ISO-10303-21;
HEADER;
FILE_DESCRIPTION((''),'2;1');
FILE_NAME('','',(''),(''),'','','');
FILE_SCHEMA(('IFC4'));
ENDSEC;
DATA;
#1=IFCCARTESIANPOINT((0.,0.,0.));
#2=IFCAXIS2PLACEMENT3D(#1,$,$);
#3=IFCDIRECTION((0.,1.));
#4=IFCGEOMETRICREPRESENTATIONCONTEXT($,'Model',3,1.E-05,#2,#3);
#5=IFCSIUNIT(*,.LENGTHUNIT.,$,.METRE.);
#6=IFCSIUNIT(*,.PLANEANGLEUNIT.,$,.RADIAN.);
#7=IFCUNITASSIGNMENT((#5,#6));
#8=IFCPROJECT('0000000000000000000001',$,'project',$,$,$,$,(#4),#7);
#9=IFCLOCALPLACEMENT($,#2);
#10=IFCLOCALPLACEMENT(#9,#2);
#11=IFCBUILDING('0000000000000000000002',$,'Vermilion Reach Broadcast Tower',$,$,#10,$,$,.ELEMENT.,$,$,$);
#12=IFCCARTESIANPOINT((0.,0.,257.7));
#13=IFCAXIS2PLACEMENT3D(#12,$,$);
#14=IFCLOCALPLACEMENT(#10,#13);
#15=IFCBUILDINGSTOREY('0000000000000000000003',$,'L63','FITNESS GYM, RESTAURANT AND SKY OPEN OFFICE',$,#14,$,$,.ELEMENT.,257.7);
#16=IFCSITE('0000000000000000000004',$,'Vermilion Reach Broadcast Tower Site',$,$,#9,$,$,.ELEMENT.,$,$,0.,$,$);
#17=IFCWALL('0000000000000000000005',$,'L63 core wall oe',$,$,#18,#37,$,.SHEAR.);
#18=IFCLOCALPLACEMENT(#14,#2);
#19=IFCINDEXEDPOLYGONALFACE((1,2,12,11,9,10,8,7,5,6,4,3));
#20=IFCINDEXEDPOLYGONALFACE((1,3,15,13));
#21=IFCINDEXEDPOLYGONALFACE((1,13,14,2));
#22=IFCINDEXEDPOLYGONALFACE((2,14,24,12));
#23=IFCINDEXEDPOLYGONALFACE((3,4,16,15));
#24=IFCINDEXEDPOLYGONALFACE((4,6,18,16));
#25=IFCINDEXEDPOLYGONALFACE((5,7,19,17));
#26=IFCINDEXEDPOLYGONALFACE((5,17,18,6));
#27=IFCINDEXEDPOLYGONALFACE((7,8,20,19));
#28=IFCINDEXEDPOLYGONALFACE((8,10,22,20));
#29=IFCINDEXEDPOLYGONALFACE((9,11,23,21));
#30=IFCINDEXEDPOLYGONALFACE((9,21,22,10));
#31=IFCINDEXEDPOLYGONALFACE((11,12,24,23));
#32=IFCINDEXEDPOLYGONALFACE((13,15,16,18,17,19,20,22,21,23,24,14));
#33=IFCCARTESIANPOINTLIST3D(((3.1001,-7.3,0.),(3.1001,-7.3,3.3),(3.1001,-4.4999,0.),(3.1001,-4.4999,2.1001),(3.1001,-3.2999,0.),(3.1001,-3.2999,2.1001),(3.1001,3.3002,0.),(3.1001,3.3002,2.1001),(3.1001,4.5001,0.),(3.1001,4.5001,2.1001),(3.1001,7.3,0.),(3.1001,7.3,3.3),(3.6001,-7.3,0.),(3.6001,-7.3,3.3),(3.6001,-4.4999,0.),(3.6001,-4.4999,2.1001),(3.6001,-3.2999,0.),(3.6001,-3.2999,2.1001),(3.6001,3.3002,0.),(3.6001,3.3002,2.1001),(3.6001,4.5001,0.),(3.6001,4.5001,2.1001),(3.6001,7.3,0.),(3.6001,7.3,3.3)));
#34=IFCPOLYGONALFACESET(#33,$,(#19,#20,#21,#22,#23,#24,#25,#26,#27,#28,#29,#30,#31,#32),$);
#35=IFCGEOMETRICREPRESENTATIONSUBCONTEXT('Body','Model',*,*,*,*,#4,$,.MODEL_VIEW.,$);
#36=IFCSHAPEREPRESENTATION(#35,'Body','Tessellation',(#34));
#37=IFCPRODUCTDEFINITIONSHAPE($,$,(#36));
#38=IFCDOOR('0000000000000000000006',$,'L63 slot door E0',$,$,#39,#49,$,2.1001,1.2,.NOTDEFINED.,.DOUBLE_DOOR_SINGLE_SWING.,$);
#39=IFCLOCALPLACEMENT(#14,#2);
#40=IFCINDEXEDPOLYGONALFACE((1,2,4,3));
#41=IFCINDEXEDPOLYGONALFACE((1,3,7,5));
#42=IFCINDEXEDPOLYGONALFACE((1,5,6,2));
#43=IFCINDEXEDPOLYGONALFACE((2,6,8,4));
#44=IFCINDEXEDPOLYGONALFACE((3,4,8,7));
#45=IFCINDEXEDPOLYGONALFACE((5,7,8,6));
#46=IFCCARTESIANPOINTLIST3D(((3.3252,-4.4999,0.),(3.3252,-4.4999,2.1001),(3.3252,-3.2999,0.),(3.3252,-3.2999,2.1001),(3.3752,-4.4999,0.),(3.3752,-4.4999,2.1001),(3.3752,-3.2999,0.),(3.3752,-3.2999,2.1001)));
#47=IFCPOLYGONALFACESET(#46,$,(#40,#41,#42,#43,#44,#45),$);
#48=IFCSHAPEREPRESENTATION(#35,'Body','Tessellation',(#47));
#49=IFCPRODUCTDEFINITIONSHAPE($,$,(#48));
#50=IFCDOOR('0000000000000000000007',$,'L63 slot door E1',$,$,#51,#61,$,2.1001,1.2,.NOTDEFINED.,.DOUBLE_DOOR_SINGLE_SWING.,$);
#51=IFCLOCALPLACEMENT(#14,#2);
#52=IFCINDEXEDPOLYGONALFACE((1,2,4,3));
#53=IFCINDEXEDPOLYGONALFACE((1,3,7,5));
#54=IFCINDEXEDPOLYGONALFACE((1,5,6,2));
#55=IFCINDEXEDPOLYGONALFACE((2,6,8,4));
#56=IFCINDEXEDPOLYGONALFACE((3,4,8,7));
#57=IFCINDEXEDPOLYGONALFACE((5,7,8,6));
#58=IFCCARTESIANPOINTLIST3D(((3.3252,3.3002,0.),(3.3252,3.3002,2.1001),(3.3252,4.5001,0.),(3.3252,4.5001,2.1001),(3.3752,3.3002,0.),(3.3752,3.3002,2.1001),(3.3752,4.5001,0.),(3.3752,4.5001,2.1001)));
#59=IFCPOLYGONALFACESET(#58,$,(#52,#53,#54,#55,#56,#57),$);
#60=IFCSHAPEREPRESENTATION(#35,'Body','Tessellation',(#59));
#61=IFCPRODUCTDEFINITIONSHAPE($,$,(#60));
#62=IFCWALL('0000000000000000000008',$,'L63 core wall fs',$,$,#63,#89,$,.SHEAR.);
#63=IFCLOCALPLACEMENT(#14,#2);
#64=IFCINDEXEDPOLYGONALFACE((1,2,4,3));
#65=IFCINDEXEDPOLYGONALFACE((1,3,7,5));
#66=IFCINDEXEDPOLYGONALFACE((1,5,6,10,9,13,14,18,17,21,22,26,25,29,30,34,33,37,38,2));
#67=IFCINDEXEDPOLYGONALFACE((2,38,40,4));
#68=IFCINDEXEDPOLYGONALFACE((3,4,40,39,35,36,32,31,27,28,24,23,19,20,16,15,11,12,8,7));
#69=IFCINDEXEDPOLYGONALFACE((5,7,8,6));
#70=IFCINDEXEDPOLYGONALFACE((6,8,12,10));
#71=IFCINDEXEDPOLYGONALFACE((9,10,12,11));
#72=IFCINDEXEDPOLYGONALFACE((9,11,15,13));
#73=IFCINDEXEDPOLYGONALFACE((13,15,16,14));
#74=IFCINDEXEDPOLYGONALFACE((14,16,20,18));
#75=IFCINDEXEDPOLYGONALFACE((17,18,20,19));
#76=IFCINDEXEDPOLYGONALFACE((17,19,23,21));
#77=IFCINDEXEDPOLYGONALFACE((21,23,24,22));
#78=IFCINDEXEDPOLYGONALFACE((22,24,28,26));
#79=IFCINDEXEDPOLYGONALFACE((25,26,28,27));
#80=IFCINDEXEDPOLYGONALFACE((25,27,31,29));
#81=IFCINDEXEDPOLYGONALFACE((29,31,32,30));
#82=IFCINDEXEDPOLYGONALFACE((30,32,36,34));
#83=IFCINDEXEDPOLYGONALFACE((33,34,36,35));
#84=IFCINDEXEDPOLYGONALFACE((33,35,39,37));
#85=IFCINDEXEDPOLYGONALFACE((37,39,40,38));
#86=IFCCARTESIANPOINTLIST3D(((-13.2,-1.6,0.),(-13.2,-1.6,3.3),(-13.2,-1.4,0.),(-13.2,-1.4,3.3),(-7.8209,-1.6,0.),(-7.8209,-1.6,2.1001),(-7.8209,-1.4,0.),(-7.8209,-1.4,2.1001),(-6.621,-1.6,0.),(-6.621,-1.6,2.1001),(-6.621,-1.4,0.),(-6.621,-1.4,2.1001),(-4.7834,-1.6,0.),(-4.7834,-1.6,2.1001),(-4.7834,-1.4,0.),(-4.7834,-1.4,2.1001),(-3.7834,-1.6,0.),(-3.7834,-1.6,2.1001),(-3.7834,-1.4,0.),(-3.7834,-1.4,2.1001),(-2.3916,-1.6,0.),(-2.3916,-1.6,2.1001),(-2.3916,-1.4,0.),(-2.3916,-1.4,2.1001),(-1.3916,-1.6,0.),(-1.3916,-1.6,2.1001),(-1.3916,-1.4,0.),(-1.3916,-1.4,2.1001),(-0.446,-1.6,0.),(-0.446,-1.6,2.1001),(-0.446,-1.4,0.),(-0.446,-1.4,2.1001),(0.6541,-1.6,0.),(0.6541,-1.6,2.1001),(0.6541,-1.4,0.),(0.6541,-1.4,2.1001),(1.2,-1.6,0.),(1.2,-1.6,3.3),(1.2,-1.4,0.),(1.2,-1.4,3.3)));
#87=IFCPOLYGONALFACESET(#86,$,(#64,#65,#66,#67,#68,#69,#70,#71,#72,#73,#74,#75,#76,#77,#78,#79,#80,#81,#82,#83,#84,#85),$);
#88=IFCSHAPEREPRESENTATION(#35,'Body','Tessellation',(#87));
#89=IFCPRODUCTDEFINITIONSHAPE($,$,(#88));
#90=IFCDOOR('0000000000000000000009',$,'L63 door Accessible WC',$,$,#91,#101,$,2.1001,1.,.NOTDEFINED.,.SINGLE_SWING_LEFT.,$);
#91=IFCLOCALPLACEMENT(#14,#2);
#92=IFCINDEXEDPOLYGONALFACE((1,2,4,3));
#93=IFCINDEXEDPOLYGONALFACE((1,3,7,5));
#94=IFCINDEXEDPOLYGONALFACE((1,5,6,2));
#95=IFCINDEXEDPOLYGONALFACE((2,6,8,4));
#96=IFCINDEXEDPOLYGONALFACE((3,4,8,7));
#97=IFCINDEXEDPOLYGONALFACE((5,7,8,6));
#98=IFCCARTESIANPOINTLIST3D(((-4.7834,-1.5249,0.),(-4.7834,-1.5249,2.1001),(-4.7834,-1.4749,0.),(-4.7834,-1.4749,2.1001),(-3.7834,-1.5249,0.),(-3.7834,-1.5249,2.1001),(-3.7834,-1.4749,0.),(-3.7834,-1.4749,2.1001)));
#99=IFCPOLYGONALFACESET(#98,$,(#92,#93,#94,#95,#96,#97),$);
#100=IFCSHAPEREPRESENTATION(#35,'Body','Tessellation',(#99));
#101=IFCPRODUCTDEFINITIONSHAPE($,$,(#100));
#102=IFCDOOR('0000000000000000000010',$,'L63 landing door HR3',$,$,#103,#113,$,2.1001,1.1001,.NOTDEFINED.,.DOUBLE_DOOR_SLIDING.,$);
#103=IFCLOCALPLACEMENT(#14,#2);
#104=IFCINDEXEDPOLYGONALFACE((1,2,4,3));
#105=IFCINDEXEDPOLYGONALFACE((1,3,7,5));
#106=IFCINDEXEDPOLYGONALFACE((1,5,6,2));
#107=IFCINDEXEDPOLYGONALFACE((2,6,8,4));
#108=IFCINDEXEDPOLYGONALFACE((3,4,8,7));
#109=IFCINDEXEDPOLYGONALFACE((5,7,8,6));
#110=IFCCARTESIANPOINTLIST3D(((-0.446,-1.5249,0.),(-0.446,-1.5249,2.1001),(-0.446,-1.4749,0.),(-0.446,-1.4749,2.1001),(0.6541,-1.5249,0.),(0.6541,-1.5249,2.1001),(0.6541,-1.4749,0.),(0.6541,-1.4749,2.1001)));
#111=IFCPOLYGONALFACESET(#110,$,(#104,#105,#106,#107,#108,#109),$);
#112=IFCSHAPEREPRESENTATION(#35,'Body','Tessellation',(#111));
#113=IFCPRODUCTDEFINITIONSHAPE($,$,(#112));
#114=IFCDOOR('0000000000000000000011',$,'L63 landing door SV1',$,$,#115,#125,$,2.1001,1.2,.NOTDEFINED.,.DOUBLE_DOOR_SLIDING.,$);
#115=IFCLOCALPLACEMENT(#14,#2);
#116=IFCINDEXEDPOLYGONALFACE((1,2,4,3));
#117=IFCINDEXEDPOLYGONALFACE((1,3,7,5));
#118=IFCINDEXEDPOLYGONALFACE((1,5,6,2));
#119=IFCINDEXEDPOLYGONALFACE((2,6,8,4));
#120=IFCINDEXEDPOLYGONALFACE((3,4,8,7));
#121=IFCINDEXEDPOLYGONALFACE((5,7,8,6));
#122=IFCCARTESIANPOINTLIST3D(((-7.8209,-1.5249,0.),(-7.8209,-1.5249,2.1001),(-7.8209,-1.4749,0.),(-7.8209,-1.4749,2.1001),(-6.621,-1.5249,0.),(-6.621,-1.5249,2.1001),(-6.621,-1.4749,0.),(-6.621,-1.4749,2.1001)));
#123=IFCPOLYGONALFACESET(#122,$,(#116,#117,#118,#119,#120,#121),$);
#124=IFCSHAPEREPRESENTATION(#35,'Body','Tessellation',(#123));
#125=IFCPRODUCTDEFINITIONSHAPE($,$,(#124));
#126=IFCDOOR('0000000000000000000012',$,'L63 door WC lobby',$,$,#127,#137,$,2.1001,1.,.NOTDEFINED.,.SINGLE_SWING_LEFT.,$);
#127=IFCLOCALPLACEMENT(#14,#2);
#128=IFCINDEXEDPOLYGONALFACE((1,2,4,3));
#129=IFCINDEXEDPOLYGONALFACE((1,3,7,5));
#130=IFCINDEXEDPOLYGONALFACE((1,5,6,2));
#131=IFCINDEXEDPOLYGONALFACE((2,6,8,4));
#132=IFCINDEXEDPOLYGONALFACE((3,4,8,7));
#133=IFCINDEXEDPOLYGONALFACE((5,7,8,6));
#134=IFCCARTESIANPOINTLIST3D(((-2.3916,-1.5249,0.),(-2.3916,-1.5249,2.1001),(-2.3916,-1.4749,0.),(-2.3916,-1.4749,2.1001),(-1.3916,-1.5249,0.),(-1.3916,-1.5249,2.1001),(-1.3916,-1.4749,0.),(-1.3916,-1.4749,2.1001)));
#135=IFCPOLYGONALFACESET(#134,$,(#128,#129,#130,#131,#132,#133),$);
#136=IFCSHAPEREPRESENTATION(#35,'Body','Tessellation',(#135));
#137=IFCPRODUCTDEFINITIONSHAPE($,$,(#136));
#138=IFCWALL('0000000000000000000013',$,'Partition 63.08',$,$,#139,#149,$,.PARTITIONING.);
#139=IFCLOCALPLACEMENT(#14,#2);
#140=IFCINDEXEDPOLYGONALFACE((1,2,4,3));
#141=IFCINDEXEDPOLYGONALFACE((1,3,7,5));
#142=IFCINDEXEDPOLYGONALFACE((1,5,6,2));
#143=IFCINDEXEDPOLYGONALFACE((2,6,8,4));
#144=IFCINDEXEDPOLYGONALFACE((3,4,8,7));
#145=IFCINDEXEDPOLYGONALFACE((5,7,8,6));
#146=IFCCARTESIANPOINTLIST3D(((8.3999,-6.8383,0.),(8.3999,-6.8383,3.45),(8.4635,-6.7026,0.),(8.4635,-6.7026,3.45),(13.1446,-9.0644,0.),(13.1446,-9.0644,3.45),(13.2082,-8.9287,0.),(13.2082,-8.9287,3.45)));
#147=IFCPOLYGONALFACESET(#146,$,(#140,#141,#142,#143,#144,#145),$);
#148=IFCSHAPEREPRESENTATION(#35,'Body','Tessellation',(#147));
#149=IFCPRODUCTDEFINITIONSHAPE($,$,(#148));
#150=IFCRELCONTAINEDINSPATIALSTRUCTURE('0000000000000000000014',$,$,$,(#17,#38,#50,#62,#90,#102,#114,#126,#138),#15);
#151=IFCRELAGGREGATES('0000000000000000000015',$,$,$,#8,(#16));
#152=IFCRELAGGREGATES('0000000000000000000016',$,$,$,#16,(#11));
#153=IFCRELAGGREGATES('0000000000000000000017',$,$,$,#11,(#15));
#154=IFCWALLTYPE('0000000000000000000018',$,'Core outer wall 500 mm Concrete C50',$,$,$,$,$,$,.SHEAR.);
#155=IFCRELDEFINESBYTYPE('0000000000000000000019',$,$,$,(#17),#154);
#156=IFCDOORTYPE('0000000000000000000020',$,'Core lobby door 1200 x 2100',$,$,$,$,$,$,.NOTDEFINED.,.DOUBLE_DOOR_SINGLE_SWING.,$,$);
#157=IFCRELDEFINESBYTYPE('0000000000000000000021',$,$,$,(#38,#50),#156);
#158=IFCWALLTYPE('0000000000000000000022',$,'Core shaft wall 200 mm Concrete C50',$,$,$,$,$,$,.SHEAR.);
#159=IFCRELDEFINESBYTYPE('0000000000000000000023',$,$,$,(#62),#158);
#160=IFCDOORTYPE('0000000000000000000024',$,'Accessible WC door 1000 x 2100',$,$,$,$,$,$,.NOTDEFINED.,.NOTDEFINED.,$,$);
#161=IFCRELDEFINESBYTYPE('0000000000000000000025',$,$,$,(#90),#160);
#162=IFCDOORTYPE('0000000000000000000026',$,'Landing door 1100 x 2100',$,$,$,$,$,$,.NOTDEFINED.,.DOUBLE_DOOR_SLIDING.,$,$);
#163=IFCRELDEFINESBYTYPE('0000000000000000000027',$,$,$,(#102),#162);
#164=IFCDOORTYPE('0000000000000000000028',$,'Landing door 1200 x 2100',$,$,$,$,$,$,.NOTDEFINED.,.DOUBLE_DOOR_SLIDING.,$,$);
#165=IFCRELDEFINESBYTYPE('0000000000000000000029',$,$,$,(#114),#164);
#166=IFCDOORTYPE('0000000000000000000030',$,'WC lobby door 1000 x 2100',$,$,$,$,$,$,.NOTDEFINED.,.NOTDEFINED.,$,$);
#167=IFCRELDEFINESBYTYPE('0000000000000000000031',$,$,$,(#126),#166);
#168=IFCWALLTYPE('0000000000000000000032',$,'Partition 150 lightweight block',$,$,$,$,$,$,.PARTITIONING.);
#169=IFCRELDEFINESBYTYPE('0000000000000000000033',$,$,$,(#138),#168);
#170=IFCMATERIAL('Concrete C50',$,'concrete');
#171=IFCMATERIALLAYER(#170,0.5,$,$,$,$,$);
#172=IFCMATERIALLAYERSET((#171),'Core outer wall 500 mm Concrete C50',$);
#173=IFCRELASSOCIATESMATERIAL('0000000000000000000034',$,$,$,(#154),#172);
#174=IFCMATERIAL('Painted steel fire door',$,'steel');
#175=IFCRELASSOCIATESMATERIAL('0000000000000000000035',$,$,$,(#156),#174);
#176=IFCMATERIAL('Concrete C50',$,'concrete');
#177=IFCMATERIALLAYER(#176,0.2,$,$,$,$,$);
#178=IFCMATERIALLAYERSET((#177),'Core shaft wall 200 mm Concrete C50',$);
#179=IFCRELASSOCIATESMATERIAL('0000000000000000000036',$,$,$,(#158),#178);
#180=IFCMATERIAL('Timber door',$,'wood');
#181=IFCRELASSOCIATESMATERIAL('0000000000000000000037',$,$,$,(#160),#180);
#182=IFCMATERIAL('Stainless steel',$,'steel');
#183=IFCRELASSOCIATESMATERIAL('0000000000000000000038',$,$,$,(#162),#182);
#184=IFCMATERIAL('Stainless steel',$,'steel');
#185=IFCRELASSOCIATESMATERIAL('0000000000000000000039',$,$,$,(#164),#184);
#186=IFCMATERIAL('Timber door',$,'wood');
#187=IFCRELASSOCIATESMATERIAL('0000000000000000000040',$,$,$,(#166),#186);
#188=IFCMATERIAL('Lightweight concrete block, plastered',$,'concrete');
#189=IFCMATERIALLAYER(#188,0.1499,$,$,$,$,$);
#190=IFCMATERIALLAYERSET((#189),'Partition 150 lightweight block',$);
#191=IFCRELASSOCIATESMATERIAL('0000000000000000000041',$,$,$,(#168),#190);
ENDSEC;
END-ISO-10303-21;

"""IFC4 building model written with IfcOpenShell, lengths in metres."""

from ifc_helpers import new_model, si_unit, direction, frame, frame_2d, origin, place, context, subcontext, project, spatial, rectangle, extrude, material, layer, layer_set, type_object, element, fill, save


model = new_model("IFC4")

# Units and contexts
model_context = context("Model", 3, precision=1e-05, world=origin(), true_north=direction((0.0, 1.0)))
body_context = subcontext(model_context, "Body", "Model", "MODEL_VIEW")
ifc_project = project(units=[si_unit("LENGTHUNIT", "METRE"), si_unit("PLANEANGLEUNIT", "RADIAN")], contexts=[model_context])

# Site, building, storey
site_placement = place(None, origin())
site = spatial("IfcSite", under=ifc_project, at=site_placement, Name="Vermilion Reach Broadcast Tower Site", CompositionType="ELEMENT", RefElevation=0.0)
building_placement = place(site_placement, origin())
building = spatial("IfcBuilding", under=site, at=building_placement, Name="Vermilion Reach Broadcast Tower", CompositionType="ELEMENT")
storey_placement = place(building_placement, frame((0.0, 0.0, 257.7)))
storey = spatial("IfcBuildingStorey", under=building, at=storey_placement, Name="L63", Description="FITNESS GYM, RESTAURANT AND SKY OPEN OFFICE", CompositionType="ELEMENT", Elevation=257.7)

# Walls, openings, doors
ifc_material_1 = material(Name="Concrete C50", Category="concrete")
ifc_layer_1 = layer(ifc_material_1, 0.5)
ifc_layer_set_1 = layer_set([ifc_layer_1], Name="Core outer wall 500 mm Concrete C50")
wall_type_1 = type_object("IfcWallType", Name="Core outer wall 500 mm Concrete C50", PredefinedType="SHEAR", material=ifc_layer_set_1)
wall_1_placement = place(storey_placement, frame((3.3501, -7.3, 0.0), z_axis=(0.0, 0.0, 1.0), x_axis=(0.0, 1.0, 0.0)))
wall_1 = element("IfcWall", 1, at=wall_1_placement, inside=storey, type_object=wall_type_1, Name="L63 core wall oe", PredefinedType="SHEAR", context=body_context, shape_type="SweptSolid", body=[
    extrude(rectangle(XDim=14.6001, YDim=0.5, at=frame_2d((7.3, 0.0))), origin(), (0.0, 0.0, 1.0), 3.3),
])
opening_1_placement = place(wall_1_placement, frame((2.8, 0.0, 0.0)))
opening_1 = element("IfcOpeningElement", 2, at=opening_1_placement, cuts=wall_1, PredefinedType="OPENING", context=body_context, shape_type="SweptSolid", body=[
    extrude(rectangle(XDim=1.2, YDim=2.1001, at=frame_2d((0.6001, 1.05))), frame((0.0, 0.26, 0.0), z_axis=(0.0, -1.0, 0.0), x_axis=(1.0, 0.0, 0.0)), (0.0, 0.0, 1.0), 0.52),
])
opening_2_placement = place(wall_1_placement, frame((10.6001, 0.0, 0.0)))
opening_2 = element("IfcOpeningElement", 3, at=opening_2_placement, cuts=wall_1, PredefinedType="OPENING", context=body_context, shape_type="SweptSolid", body=[
    extrude(rectangle(XDim=1.2, YDim=2.1001, at=frame_2d((0.6001, 1.05))), frame((0.0, 0.26, 0.0), z_axis=(0.0, -1.0, 0.0), x_axis=(1.0, 0.0, 0.0)), (0.0, 0.0, 1.0), 0.52),
])
ifc_material_2 = material(Name="Painted steel fire door", Category="steel")
door_type_1 = type_object("IfcDoorType", Name="Core lobby door 1200 x 2100", OperationType="DOUBLE_DOOR_SINGLE_SWING", PredefinedType="NOTDEFINED", material=ifc_material_2)
door_1_placement = place(opening_1_placement, origin())
door_1 = element("IfcDoor", 4, at=door_1_placement, inside=storey, type_object=door_type_1, Name="L63 slot door E0", OperationType="DOUBLE_DOOR_SINGLE_SWING", OverallHeight=2.1001, OverallWidth=1.2, PredefinedType="NOTDEFINED", context=body_context, shape_type="SweptSolid", body=[
    extrude(rectangle(XDim=1.2, YDim=2.1001, at=frame_2d((0.6001, 1.05))), frame((0.0, 0.0249, 0.0), z_axis=(0.0, -1.0, 0.0), x_axis=(1.0, 0.0, 0.0)), (0.0, 0.0, 1.0), 0.05),
])
fill(opening_1, door_1)
door_2_placement = place(opening_2_placement, origin())
door_2 = element("IfcDoor", 5, at=door_2_placement, inside=storey, type_object=door_type_1, Name="L63 slot door E1", OperationType="DOUBLE_DOOR_SINGLE_SWING", OverallHeight=2.1001, OverallWidth=1.2, PredefinedType="NOTDEFINED", context=body_context, shape_type="SweptSolid", body=[
    extrude(rectangle(XDim=1.2, YDim=2.1001, at=frame_2d((0.6001, 1.05))), frame((0.0, 0.0249, 0.0), z_axis=(0.0, -1.0, 0.0), x_axis=(1.0, 0.0, 0.0)), (0.0, 0.0, 1.0), 0.05),
])
fill(opening_2, door_2)
ifc_material_3 = material(Name="Concrete C50", Category="concrete")
ifc_layer_2 = layer(ifc_material_3, 0.2)
ifc_layer_set_2 = layer_set([ifc_layer_2], Name="Core shaft wall 200 mm Concrete C50")
wall_type_2 = type_object("IfcWallType", Name="Core shaft wall 200 mm Concrete C50", PredefinedType="SHEAR", material=ifc_layer_set_2)
wall_2_placement = place(storey_placement, frame((1.2, -1.5, 0.0), z_axis=(0.0, 0.0, 1.0), x_axis=(-1.0, 0.0, 0.0)))
wall_2 = element("IfcWall", 6, at=wall_2_placement, inside=storey, type_object=wall_type_2, Name="L63 core wall fs", PredefinedType="SHEAR", context=body_context, shape_type="SweptSolid", body=[
    extrude(rectangle(XDim=14.3999, YDim=0.2, at=frame_2d((7.2, 0.0))), origin(), (0.0, 0.0, 1.0), 3.3),
])
opening_3_placement = place(wall_2_placement, frame((7.8208, 0.0, 0.0)))
opening_3 = element("IfcOpeningElement", 7, at=opening_3_placement, cuts=wall_2, PredefinedType="OPENING", context=body_context, shape_type="SweptSolid", body=[
    extrude(rectangle(XDim=1.2, YDim=2.1001, at=frame_2d((0.6001, 1.05))), frame((0.0, 0.1099, 0.0), z_axis=(0.0, -1.0, 0.0), x_axis=(1.0, 0.0, 0.0)), (0.0, 0.0, 1.0), 0.22),
])
opening_4_placement = place(wall_2_placement, frame((0.5459, 0.0, 0.0)))
opening_4 = element("IfcOpeningElement", 8, at=opening_4_placement, cuts=wall_2, PredefinedType="OPENING", context=body_context, shape_type="SweptSolid", body=[
    extrude(rectangle(XDim=1.1001, YDim=2.1001, at=frame_2d((0.55, 1.05))), frame((0.0, 0.1099, 0.0), z_axis=(0.0, -1.0, 0.0), x_axis=(1.0, 0.0, 0.0)), (0.0, 0.0, 1.0), 0.22),
])
opening_5_placement = place(wall_2_placement, frame((4.9834, 0.0, 0.0)))
opening_5 = element("IfcOpeningElement", 9, at=opening_5_placement, cuts=wall_2, PredefinedType="OPENING", context=body_context, shape_type="SweptSolid", body=[
    extrude(rectangle(XDim=1.0, YDim=2.1001, at=frame_2d((0.5, 1.05))), frame((0.0, 0.1099, 0.0), z_axis=(0.0, -1.0, 0.0), x_axis=(1.0, 0.0, 0.0)), (0.0, 0.0, 1.0), 0.22),
])
opening_6_placement = place(wall_2_placement, frame((2.5916, 0.0, 0.0)))
opening_6 = element("IfcOpeningElement", 10, at=opening_6_placement, cuts=wall_2, PredefinedType="OPENING", context=body_context, shape_type="SweptSolid", body=[
    extrude(rectangle(XDim=1.0, YDim=2.1001, at=frame_2d((0.5, 1.05))), frame((0.0, 0.1099, 0.0), z_axis=(0.0, -1.0, 0.0), x_axis=(1.0, 0.0, 0.0)), (0.0, 0.0, 1.0), 0.22),
])
ifc_material_4 = material(Name="Timber door", Category="wood")
door_type_2 = type_object("IfcDoorType", Name="Accessible WC door 1000 x 2100", OperationType="NOTDEFINED", PredefinedType="NOTDEFINED", material=ifc_material_4)
door_3_placement = place(opening_5_placement, origin())
door_3 = element("IfcDoor", 11, at=door_3_placement, inside=storey, type_object=door_type_2, Name="L63 door Accessible WC", OperationType="SINGLE_SWING_LEFT", OverallHeight=2.1001, OverallWidth=1.0, PredefinedType="NOTDEFINED", context=body_context, shape_type="SweptSolid", body=[
    extrude(rectangle(XDim=1.0, YDim=2.1001, at=frame_2d((0.5, 1.05))), frame((0.0, 0.0249, 0.0), z_axis=(0.0, -1.0, 0.0), x_axis=(1.0, 0.0, 0.0)), (0.0, 0.0, 1.0), 0.05),
])
fill(opening_5, door_3)
ifc_material_5 = material(Name="Stainless steel", Category="steel")
door_type_3 = type_object("IfcDoorType", Name="Landing door 1100 x 2100", OperationType="DOUBLE_DOOR_SLIDING", PredefinedType="NOTDEFINED", material=ifc_material_5)
door_4_placement = place(opening_4_placement, origin())
door_4 = element("IfcDoor", 12, at=door_4_placement, inside=storey, type_object=door_type_3, Name="L63 landing door HR3", OperationType="DOUBLE_DOOR_SLIDING", OverallHeight=2.1001, OverallWidth=1.1001, PredefinedType="NOTDEFINED", context=body_context, shape_type="SweptSolid", body=[
    extrude(rectangle(XDim=1.1001, YDim=2.1001, at=frame_2d((0.55, 1.05))), frame((0.0, 0.0249, 0.0), z_axis=(0.0, -1.0, 0.0), x_axis=(1.0, 0.0, 0.0)), (0.0, 0.0, 1.0), 0.05),
])
fill(opening_4, door_4)
ifc_material_6 = material(Name="Stainless steel", Category="steel")
door_type_4 = type_object("IfcDoorType", Name="Landing door 1200 x 2100", OperationType="DOUBLE_DOOR_SLIDING", PredefinedType="NOTDEFINED", material=ifc_material_6)
door_5_placement = place(opening_3_placement, origin())
door_5 = element("IfcDoor", 13, at=door_5_placement, inside=storey, type_object=door_type_4, Name="L63 landing door SV1", OperationType="DOUBLE_DOOR_SLIDING", OverallHeight=2.1001, OverallWidth=1.2, PredefinedType="NOTDEFINED", context=body_context, shape_type="SweptSolid", body=[
    extrude(rectangle(XDim=1.2, YDim=2.1001, at=frame_2d((0.6001, 1.05))), frame((0.0, 0.0249, 0.0), z_axis=(0.0, -1.0, 0.0), x_axis=(1.0, 0.0, 0.0)), (0.0, 0.0, 1.0), 0.05),
])
fill(opening_3, door_5)
ifc_material_7 = material(Name="Timber door", Category="wood")
door_type_5 = type_object("IfcDoorType", Name="WC lobby door 1000 x 2100", OperationType="NOTDEFINED", PredefinedType="NOTDEFINED", material=ifc_material_7)
door_6_placement = place(opening_6_placement, origin())
door_6 = element("IfcDoor", 14, at=door_6_placement, inside=storey, type_object=door_type_5, Name="L63 door WC lobby", OperationType="SINGLE_SWING_LEFT", OverallHeight=2.1001, OverallWidth=1.0, PredefinedType="NOTDEFINED", context=body_context, shape_type="SweptSolid", body=[
    extrude(rectangle(XDim=1.0, YDim=2.1001, at=frame_2d((0.5, 1.05))), frame((0.0, 0.0249, 0.0), z_axis=(0.0, -1.0, 0.0), x_axis=(1.0, 0.0, 0.0)), (0.0, 0.0, 1.0), 0.05),
])
fill(opening_6, door_6)

# Wall
ifc_material_8 = material(Name="Lightweight concrete block, plastered", Category="concrete")
ifc_layer_3 = layer(ifc_material_8, 0.1499)
ifc_layer_set_3 = layer_set([ifc_layer_3], Name="Partition 150 lightweight block")
wall_type_3 = type_object("IfcWallType", Name="Partition 150 lightweight block", PredefinedType="PARTITIONING", material=ifc_layer_set_3)
wall_3_placement = place(storey_placement, frame((13.1765, -8.9966, 0.0), z_axis=(0.0, 0.0, 1.0), x_axis=(-0.90531, 0.424751, 0.0)))
element("IfcWall", 15, at=wall_3_placement, inside=storey, type_object=wall_type_3, Name="Partition 63.08", PredefinedType="PARTITIONING", context=body_context, shape_type="SweptSolid", body=[
    extrude(rectangle(XDim=5.241, YDim=0.1499, at=frame_2d((2.6206, 0.0))), origin(), (0.0, 0.0, 1.0), 3.45),
])

save(model, "model.ifc")
